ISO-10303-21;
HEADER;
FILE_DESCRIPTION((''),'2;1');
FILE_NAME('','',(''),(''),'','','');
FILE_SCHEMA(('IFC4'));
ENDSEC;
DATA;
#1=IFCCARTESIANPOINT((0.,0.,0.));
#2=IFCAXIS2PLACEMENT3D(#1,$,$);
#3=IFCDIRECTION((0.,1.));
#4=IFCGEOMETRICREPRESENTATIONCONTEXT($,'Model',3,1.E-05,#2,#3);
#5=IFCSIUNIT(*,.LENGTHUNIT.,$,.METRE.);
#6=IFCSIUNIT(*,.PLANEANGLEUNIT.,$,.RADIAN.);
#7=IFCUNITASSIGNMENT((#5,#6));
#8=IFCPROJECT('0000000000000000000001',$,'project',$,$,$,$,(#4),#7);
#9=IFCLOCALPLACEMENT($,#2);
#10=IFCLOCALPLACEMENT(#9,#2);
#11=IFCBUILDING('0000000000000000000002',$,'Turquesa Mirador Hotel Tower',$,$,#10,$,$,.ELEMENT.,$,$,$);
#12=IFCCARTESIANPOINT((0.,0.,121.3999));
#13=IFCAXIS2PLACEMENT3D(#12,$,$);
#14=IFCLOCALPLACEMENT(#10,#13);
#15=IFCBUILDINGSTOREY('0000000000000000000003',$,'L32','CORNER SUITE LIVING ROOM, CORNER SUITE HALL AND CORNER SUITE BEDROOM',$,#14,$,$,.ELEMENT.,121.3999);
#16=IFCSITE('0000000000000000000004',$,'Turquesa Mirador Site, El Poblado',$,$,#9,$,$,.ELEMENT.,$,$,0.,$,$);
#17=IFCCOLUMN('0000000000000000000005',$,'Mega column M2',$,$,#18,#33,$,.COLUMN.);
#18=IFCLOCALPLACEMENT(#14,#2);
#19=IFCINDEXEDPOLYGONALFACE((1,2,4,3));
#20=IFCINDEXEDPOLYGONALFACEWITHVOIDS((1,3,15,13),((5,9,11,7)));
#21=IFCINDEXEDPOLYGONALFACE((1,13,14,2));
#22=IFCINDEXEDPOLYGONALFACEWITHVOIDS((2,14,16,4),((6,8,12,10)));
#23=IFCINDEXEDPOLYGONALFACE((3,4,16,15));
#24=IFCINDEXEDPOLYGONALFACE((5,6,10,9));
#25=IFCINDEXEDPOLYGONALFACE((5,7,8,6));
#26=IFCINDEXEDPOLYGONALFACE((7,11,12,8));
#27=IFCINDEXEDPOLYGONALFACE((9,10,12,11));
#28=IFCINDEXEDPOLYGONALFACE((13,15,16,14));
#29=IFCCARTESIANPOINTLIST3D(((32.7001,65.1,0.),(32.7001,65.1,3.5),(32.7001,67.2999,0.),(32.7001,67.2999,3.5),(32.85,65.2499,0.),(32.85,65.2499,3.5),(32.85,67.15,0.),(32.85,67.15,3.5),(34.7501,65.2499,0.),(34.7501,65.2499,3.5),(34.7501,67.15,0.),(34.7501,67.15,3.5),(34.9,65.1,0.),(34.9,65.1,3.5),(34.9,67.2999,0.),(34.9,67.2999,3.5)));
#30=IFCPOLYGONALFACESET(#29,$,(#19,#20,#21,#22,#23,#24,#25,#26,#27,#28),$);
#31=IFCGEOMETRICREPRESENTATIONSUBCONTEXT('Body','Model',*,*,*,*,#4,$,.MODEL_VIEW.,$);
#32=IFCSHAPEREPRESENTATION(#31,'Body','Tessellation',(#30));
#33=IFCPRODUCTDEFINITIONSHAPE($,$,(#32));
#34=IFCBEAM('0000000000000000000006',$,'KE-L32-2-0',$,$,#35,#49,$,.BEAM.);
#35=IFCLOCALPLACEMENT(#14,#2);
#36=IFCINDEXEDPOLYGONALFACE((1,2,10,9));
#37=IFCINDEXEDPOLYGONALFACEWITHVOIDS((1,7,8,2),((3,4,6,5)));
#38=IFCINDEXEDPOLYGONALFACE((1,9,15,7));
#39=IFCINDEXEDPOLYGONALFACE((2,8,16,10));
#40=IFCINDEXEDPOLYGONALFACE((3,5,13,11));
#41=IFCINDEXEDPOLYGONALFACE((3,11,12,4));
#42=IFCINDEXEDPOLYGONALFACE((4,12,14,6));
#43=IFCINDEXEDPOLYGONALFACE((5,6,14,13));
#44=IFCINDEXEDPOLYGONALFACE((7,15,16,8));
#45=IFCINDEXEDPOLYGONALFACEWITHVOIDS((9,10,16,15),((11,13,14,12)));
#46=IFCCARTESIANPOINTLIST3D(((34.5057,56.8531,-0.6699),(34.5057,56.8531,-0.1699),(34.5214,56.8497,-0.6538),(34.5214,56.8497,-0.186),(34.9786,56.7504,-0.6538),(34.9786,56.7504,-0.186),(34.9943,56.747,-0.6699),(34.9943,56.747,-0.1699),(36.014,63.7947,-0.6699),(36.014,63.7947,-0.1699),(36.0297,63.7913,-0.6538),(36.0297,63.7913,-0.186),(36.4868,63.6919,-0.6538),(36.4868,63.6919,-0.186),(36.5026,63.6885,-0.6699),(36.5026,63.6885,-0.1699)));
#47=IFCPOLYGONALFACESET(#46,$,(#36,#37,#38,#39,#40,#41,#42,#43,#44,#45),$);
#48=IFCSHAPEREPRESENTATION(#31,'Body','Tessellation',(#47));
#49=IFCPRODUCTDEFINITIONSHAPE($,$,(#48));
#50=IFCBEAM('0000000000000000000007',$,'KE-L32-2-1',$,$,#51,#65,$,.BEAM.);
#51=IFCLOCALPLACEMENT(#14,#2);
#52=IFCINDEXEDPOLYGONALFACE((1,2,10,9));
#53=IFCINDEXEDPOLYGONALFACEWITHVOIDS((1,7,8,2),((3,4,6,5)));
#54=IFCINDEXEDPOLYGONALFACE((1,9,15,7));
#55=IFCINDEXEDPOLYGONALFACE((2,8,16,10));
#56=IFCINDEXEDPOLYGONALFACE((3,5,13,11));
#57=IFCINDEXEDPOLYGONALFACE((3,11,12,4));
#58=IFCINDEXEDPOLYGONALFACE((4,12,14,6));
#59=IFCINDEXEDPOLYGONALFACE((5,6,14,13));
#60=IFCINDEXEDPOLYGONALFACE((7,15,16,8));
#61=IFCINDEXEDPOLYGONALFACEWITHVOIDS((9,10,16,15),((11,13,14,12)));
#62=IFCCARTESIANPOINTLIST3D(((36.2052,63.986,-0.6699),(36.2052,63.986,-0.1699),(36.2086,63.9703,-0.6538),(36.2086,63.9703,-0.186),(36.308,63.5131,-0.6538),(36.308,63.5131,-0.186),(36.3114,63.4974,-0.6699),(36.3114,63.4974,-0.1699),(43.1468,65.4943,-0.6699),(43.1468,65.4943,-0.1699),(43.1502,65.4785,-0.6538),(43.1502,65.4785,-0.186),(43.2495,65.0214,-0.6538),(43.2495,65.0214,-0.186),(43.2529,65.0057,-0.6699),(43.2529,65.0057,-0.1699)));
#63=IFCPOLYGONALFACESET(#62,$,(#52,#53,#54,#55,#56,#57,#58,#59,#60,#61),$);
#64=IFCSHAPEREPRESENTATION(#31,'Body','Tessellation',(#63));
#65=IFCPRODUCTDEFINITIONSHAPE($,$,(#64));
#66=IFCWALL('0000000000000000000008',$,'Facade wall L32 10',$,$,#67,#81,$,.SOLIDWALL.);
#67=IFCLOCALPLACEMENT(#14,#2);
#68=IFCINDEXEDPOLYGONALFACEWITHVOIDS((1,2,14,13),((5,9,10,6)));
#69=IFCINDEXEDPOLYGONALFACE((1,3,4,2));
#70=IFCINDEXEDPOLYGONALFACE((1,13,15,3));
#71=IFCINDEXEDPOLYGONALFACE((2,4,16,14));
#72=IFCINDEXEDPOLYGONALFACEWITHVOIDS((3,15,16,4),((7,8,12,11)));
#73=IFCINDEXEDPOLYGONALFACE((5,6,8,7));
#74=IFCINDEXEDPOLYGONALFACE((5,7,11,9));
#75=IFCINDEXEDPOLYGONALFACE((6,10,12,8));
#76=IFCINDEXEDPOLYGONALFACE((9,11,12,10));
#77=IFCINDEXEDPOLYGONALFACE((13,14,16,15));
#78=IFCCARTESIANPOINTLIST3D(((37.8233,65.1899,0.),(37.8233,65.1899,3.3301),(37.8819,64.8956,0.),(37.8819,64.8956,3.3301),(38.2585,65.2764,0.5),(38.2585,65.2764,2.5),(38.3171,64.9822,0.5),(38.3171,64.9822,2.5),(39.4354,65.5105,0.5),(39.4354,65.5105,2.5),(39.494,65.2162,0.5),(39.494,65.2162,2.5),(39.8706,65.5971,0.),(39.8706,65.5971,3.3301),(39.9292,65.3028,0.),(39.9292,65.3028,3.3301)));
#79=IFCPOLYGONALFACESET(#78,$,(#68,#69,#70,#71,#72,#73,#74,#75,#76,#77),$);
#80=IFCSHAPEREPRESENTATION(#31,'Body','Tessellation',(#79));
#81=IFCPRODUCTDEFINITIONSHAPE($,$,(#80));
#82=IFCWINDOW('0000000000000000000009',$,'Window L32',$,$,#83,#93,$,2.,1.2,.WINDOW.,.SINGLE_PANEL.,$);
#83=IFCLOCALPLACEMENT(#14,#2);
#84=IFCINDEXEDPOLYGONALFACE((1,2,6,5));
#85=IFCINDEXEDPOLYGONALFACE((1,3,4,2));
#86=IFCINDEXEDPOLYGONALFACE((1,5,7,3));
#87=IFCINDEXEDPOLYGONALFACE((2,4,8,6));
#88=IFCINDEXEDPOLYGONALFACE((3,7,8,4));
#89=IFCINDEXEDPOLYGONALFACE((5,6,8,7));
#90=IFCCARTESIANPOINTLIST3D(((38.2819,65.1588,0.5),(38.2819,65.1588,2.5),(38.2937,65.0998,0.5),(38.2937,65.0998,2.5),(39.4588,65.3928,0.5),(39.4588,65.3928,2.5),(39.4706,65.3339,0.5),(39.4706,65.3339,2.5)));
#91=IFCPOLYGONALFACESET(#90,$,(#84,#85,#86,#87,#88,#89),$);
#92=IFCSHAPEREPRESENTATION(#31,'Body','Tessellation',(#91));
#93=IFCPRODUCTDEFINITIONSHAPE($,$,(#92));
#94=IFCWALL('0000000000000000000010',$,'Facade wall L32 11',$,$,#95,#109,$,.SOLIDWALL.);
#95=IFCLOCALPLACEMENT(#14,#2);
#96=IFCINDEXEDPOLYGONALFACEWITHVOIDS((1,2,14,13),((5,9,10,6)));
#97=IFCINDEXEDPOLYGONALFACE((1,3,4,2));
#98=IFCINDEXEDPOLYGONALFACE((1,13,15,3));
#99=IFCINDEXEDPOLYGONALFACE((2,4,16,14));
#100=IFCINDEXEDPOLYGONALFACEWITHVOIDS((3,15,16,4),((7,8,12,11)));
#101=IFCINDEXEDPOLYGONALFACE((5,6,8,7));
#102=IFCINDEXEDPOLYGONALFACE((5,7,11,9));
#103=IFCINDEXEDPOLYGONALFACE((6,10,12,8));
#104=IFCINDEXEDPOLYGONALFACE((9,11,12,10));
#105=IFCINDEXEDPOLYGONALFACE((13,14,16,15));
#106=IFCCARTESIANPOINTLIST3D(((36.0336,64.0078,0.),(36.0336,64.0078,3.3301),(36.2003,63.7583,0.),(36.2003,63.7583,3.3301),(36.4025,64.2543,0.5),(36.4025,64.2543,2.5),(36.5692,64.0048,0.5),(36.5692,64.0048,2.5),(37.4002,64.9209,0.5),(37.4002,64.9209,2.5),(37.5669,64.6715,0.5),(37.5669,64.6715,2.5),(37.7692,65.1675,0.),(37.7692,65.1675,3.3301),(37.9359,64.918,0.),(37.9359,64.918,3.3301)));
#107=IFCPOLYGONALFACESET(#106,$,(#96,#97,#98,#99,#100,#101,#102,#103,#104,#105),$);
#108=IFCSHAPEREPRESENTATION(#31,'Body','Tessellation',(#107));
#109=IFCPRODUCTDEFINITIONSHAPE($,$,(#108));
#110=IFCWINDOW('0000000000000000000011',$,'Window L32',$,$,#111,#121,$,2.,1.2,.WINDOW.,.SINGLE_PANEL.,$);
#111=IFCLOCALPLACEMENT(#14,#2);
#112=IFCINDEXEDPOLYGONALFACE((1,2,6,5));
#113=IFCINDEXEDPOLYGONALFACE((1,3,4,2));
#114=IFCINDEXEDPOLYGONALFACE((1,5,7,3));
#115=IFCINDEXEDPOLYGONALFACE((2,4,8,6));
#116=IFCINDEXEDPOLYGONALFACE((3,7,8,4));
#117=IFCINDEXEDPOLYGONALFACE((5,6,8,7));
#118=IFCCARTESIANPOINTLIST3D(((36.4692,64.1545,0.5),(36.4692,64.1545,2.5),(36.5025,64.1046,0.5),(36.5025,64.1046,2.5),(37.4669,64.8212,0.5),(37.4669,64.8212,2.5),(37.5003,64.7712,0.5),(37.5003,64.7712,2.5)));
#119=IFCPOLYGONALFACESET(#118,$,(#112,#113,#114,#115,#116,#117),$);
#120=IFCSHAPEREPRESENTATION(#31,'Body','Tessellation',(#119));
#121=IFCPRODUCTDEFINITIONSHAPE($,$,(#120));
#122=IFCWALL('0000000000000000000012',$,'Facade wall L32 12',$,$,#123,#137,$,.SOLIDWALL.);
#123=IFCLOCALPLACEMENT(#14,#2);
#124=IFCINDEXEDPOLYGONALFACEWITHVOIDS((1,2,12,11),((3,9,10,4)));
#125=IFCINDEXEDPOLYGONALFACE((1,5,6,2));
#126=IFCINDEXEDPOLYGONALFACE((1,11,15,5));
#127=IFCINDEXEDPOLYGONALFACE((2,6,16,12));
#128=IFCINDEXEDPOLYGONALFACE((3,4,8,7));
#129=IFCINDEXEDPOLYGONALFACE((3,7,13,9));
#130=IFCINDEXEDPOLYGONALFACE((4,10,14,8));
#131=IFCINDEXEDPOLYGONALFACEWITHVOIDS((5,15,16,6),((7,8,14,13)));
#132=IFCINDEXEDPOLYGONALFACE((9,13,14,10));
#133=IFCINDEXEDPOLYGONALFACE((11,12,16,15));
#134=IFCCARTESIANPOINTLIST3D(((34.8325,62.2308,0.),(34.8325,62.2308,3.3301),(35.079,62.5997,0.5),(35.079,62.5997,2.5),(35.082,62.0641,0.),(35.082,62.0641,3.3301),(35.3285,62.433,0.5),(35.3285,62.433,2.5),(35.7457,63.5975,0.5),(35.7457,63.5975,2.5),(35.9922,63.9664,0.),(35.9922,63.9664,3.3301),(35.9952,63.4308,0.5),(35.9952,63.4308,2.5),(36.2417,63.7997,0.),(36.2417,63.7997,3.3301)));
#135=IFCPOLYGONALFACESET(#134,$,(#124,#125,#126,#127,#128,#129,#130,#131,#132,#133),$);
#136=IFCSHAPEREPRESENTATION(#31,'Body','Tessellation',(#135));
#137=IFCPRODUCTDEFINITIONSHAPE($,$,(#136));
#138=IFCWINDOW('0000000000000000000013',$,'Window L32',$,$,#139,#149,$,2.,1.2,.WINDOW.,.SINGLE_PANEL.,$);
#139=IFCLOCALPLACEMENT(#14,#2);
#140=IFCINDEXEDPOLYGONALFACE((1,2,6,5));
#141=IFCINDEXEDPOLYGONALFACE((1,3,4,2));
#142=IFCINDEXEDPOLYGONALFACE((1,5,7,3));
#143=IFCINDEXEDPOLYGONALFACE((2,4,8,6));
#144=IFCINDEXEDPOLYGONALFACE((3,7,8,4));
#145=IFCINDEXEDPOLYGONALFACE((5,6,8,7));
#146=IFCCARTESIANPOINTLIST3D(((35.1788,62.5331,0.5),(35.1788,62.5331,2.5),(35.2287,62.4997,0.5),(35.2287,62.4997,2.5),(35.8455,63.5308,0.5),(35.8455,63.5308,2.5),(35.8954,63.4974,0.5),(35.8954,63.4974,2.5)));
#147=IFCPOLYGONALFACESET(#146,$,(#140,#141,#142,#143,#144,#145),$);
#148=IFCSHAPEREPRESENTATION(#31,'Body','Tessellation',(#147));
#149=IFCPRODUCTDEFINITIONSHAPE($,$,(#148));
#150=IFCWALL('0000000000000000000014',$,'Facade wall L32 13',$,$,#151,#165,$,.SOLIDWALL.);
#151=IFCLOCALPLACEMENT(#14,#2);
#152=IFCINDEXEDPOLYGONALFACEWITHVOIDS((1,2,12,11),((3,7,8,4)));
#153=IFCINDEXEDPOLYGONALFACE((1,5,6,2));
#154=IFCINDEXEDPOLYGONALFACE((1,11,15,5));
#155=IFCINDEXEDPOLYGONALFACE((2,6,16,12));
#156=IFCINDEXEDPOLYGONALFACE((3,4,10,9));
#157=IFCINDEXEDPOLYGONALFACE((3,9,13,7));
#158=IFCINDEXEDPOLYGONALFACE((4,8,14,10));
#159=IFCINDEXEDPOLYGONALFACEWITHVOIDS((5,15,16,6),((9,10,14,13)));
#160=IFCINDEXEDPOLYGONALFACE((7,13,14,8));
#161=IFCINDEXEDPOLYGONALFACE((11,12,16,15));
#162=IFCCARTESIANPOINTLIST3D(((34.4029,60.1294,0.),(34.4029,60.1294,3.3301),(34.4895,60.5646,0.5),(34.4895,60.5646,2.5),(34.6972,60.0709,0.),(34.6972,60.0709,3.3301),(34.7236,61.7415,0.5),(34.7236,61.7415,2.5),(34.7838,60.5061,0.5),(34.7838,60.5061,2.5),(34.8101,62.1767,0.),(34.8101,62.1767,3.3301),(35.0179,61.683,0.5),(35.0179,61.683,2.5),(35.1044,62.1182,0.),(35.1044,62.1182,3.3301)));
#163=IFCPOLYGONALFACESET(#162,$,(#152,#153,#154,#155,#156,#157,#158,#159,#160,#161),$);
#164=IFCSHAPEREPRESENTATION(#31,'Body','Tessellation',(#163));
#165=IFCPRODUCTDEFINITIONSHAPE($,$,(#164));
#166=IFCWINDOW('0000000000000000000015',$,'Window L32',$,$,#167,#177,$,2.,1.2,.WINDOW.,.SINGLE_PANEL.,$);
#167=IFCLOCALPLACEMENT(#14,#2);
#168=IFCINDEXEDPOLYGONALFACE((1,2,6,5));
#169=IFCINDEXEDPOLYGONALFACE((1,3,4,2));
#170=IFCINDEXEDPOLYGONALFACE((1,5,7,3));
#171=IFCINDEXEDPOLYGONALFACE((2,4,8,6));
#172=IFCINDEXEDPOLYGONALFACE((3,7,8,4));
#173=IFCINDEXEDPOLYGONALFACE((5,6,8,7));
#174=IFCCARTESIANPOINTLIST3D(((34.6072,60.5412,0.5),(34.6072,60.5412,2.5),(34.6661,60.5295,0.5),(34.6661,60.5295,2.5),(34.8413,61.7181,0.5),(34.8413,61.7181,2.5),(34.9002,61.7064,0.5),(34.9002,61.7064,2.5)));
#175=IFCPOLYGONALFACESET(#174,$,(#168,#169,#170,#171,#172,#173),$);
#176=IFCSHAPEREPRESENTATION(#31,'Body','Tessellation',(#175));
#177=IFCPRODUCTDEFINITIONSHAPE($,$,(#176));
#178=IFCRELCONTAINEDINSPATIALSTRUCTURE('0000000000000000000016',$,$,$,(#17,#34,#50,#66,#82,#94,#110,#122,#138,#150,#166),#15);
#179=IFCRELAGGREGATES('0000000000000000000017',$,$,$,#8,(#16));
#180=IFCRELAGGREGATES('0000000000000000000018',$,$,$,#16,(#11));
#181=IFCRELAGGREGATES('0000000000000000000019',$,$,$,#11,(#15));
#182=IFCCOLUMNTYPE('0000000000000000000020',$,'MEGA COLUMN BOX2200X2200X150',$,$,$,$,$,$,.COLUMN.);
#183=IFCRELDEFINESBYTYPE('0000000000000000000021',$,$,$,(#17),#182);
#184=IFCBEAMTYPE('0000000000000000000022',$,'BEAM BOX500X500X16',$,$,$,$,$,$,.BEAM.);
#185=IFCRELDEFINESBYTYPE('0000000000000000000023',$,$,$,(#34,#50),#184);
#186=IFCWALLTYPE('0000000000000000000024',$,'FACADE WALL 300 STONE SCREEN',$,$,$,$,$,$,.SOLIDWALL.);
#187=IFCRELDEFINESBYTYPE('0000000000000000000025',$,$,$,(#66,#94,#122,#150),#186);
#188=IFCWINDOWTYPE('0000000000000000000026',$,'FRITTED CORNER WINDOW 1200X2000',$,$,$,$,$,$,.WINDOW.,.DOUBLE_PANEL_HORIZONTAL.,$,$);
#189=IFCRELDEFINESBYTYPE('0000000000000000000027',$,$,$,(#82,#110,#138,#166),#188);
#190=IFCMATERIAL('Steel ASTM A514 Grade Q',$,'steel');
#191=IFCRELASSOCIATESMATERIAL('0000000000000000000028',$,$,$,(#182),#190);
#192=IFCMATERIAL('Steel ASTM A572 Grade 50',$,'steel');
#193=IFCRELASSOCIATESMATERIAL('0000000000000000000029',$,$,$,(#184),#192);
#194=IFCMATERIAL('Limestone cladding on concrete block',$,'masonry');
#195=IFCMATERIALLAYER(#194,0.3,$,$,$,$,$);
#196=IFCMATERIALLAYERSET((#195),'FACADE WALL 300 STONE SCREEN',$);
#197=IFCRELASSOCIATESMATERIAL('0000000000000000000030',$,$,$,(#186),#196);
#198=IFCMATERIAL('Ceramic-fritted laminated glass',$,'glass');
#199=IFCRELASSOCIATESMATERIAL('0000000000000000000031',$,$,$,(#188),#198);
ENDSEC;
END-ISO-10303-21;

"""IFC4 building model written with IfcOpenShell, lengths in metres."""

from ifc_helpers import new_model, si_unit, direction, frame, frame_2d, origin, origin_2d, place, context, subcontext, project, spatial, rectangle, hollow_rectangle, extrude, material, layer, layer_set, material_profile, profile_set, type_object, element, fill, save


model = new_model("IFC4")

# Units and contexts
model_context = context("Model", 3, precision=1e-05, world=origin(), true_north=direction((0.0, 1.0)))
body_context = subcontext(model_context, "Body", "Model", "MODEL_VIEW")
ifc_project = project(units=[si_unit("LENGTHUNIT", "METRE"), si_unit("PLANEANGLEUNIT", "RADIAN")], contexts=[model_context])

# Site, building, storey
site_placement = place(None, origin())
site = spatial("IfcSite", under=ifc_project, at=site_placement, Name="Turquesa Mirador Site, El Poblado", CompositionType="ELEMENT", RefElevation=0.0)
building_placement = place(site_placement, origin())
building = spatial("IfcBuilding", under=site, at=building_placement, Name="Turquesa Mirador Hotel Tower", CompositionType="ELEMENT")
storey_placement = place(building_placement, frame((0.0, 0.0, 121.3999)))
storey = spatial("IfcBuildingStorey", under=building, at=storey_placement, Name="L32", Description="CORNER SUITE LIVING ROOM, CORNER SUITE HALL AND CORNER SUITE BEDROOM", CompositionType="ELEMENT", Elevation=121.3999)

# Column
ifc_material_1 = material(Name="Steel ASTM A514 Grade Q", Category="steel")
ifc_material_profile_1 = material_profile(ifc_material_1, hollow_rectangle(XDim=2.2, YDim=2.2, WallThickness=0.1499, at=origin_2d()), Name="BOX2200X2200X150")
ifc_profile_set_1 = profile_set([ifc_material_profile_1], Name="Steel ASTM A514 Grade Q")
column_type = type_object("IfcColumnType", Name="MEGA COLUMN BOX2200X2200X150", PredefinedType="COLUMN", material=ifc_profile_set_1)
column_placement = place(storey_placement, frame((33.8, 66.2, 0.0), z_axis=(0.0, 0.0, 1.0), x_axis=(1.0, 0.0, 0.0)))
element("IfcColumn", 1, at=column_placement, inside=storey, type_object=column_type, Name="Mega column M2", PredefinedType="COLUMN", context=body_context, shape_type="SweptSolid", body=[
    extrude(hollow_rectangle(XDim=2.2, YDim=2.2, WallThickness=0.1499, at=origin_2d()), origin(), (0.0, 0.0, 1.0), 3.5),
])

# Beams
ifc_material_2 = material(Name="Steel ASTM A572 Grade 50", Category="steel")
ifc_material_profile_2 = material_profile(ifc_material_2, hollow_rectangle(XDim=0.5, YDim=0.5, WallThickness=0.0161, at=origin_2d()), Name="BOX500X500X16")
ifc_profile_set_2 = profile_set([ifc_material_profile_2], Name="Steel ASTM A572 Grade 50")
beam_type = type_object("IfcBeamType", Name="BEAM BOX500X500X16", PredefinedType="BEAM", material=ifc_profile_set_2)
for number, where, z_axis, x_axis, name in (
    (2, (34.75, 56.8, -0.4199), (0.212328, 0.977198, 0.0), (-0.977198, 0.212328, 0.0), "KE-L32-2-0"),
    (3, (36.2583, 63.7417, -0.4199), (0.977198, 0.212328, 0.0), (-0.212328, 0.977198, 0.0), "KE-L32-2-1"),
):
    element("IfcBeam", number, at=place(storey_placement, frame(where, z_axis=z_axis, x_axis=x_axis)), inside=storey, type_object=beam_type, Name=name, PredefinedType="BEAM", context=body_context, shape_type="SweptSolid", body=[
        extrude(hollow_rectangle(XDim=0.5, YDim=0.5, WallThickness=0.0161, at=origin_2d()), origin(), (0.0, 0.0, 1.0), 7.1035),
    ])

# Walls, openings, windows
ifc_material_3 = material(Name="Limestone cladding on concrete block", Category="masonry")
ifc_layer = layer(ifc_material_3, 0.3)
ifc_layer_set = layer_set([ifc_layer], Name="FACADE WALL 300 STONE SCREEN")
wall_type = type_object("IfcWallType", Name="FACADE WALL 300 STONE SCREEN", PredefinedType="SOLIDWALL", material=ifc_layer_set)
wall_1_placement = place(storey_placement, frame((39.8999, 65.45, 0.0), z_axis=(0.0, 0.0, 1.0), x_axis=(-0.980787, -0.195081, 0.0)))
wall_1 = element("IfcWall", 4, at=wall_1_placement, inside=storey, type_object=wall_type, Name="Facade wall L32 10", PredefinedType="SOLIDWALL", context=body_context, shape_type="SweptSolid", body=[
    extrude(rectangle(XDim=2.0874, YDim=0.3, at=frame_2d((1.0437, 0.0))), origin(), (0.0, 0.0, 1.0), 3.3301),
])
opening_1_placement = place(wall_1_placement, frame((0.4436, 0.0, 0.5)))
opening_1 = element("IfcOpeningElement", 5, at=opening_1_placement, cuts=wall_1, PredefinedType="OPENING", context=body_context, shape_type="SweptSolid", body=[
    extrude(rectangle(XDim=1.2, YDim=2.0, at=frame_2d((0.6001, 1.0))), frame((0.0, 0.1599, 0.0), z_axis=(0.0, -1.0, 0.0), x_axis=(1.0, 0.0, 0.0)), (0.0, 0.0, 1.0), 0.3201),
])
ifc_material_4 = material(Name="Ceramic-fritted laminated glass", Category="glass")
window_type_1 = type_object("IfcWindowType", Name="FRITTED CORNER WINDOW 1200X2000", PartitioningType="DOUBLE_PANEL_HORIZONTAL", PredefinedType="WINDOW", material=ifc_material_4)
window_1_placement = place(opening_1_placement, origin())
window_1 = element("IfcWindow", 6, at=window_1_placement, inside=storey, type_object=window_type_1, Name="Window L32", OverallHeight=2.0, OverallWidth=1.2, PartitioningType="SINGLE_PANEL", PredefinedType="WINDOW", context=body_context, shape_type="SweptSolid", body=[
    extrude(rectangle(XDim=1.2, YDim=2.0, at=frame_2d((0.6001, 1.0))), frame((0.0, 0.03, 0.0), z_axis=(0.0, -1.0, 0.0), x_axis=(1.0, 0.0, 0.0)), (0.0, 0.0, 1.0), 0.0601),
])
fill(opening_1, window_1)
wall_2_placement = place(storey_placement, frame((37.8525, 65.0427, 0.0), z_axis=(0.0, 0.0, 1.0), x_axis=(-0.831474, -0.555564, 0.0)))
wall_2 = element("IfcWall", 7, at=wall_2_placement, inside=storey, type_object=wall_type, Name="Facade wall L32 11", PredefinedType="SOLIDWALL", context=body_context, shape_type="SweptSolid", body=[
    extrude(rectangle(XDim=2.0874, YDim=0.3, at=frame_2d((1.0437, 0.0))), origin(), (0.0, 0.0, 1.0), 3.3301),
])
opening_2_placement = place(wall_2_placement, frame((0.4436, 0.0, 0.5)))
opening_2 = element("IfcOpeningElement", 8, at=opening_2_placement, cuts=wall_2, PredefinedType="OPENING", context=body_context, shape_type="SweptSolid", body=[
    extrude(rectangle(XDim=1.2, YDim=2.0, at=frame_2d((0.6001, 1.0))), frame((0.0, 0.1599, 0.0), z_axis=(0.0, -1.0, 0.0), x_axis=(1.0, 0.0, 0.0)), (0.0, 0.0, 1.0), 0.3201),
])
window_2_placement = place(opening_2_placement, origin())
window_2 = element("IfcWindow", 9, at=window_2_placement, inside=storey, type_object=window_type_1, Name="Window L32", OverallHeight=2.0, OverallWidth=1.2, PartitioningType="SINGLE_PANEL", PredefinedType="WINDOW", context=body_context, shape_type="SweptSolid", body=[
    extrude(rectangle(XDim=1.2, YDim=2.0, at=frame_2d((0.6001, 1.0))), frame((0.0, 0.03, 0.0), z_axis=(0.0, -1.0, 0.0), x_axis=(1.0, 0.0, 0.0)), (0.0, 0.0, 1.0), 0.0601),
])
fill(opening_2, window_2)
wall_3_placement = place(storey_placement, frame((36.1169, 63.8831, 0.0), z_axis=(0.0, 0.0, 1.0), x_axis=(-0.555564, -0.831474, 0.0)))
wall_3 = element("IfcWall", 10, at=wall_3_placement, inside=storey, type_object=wall_type, Name="Facade wall L32 12", PredefinedType="SOLIDWALL", context=body_context, shape_type="SweptSolid", body=[
    extrude(rectangle(XDim=2.0874, YDim=0.3, at=frame_2d((1.0437, 0.0))), origin(), (0.0, 0.0, 1.0), 3.3301),
])
opening_3_placement = place(wall_3_placement, frame((0.4436, 0.0, 0.5)))
opening_3 = element("IfcOpeningElement", 11, at=opening_3_placement, cuts=wall_3, PredefinedType="OPENING", context=body_context, shape_type="SweptSolid", body=[
    extrude(rectangle(XDim=1.2, YDim=2.0, at=frame_2d((0.6001, 1.0))), frame((0.0, 0.1599, 0.0), z_axis=(0.0, -1.0, 0.0), x_axis=(1.0, 0.0, 0.0)), (0.0, 0.0, 1.0), 0.3201),
])
window_3_placement = place(opening_3_placement, origin())
window_3 = element("IfcWindow", 12, at=window_3_placement, inside=storey, type_object=window_type_1, Name="Window L32", OverallHeight=2.0, OverallWidth=1.2, PartitioningType="SINGLE_PANEL", PredefinedType="WINDOW", context=body_context, shape_type="SweptSolid", body=[
    extrude(rectangle(XDim=1.2, YDim=2.0, at=frame_2d((0.6001, 1.0))), frame((0.0, 0.03, 0.0), z_axis=(0.0, -1.0, 0.0), x_axis=(1.0, 0.0, 0.0)), (0.0, 0.0, 1.0), 0.0601),
])
fill(opening_3, window_3)
wall_4_placement = place(storey_placement, frame((34.9573, 62.1475, 0.0), z_axis=(0.0, 0.0, 1.0), x_axis=(-0.195081, -0.980787, 0.0)))
wall_4 = element("IfcWall", 13, at=wall_4_placement, inside=storey, type_object=wall_type, Name="Facade wall L32 13", PredefinedType="SOLIDWALL", context=body_context, shape_type="SweptSolid", body=[
    extrude(rectangle(XDim=2.0874, YDim=0.3, at=frame_2d((1.0437, 0.0))), origin(), (0.0, 0.0, 1.0), 3.3301),
])
opening_4_placement = place(wall_4_placement, frame((0.4436, 0.0, 0.5)))
opening_4 = element("IfcOpeningElement", 14, at=opening_4_placement, cuts=wall_4, PredefinedType="OPENING", context=body_context, shape_type="SweptSolid", body=[
    extrude(rectangle(XDim=1.2, YDim=2.0, at=frame_2d((0.6001, 1.0))), frame((0.0, 0.1599, 0.0), z_axis=(0.0, -1.0, 0.0), x_axis=(1.0, 0.0, 0.0)), (0.0, 0.0, 1.0), 0.3201),
])
window_4_placement = place(opening_4_placement, origin())
window_4 = element("IfcWindow", 15, at=window_4_placement, inside=storey, type_object=window_type_1, Name="Window L32", OverallHeight=2.0, OverallWidth=1.2, PartitioningType="SINGLE_PANEL", PredefinedType="WINDOW", context=body_context, shape_type="SweptSolid", body=[
    extrude(rectangle(XDim=1.2, YDim=2.0, at=frame_2d((0.6001, 1.0))), frame((0.0, 0.03, 0.0), z_axis=(0.0, -1.0, 0.0), x_axis=(1.0, 0.0, 0.0)), (0.0, 0.0, 1.0), 0.0601),
])
fill(opening_4, window_4)

save(model, "model.ifc")
